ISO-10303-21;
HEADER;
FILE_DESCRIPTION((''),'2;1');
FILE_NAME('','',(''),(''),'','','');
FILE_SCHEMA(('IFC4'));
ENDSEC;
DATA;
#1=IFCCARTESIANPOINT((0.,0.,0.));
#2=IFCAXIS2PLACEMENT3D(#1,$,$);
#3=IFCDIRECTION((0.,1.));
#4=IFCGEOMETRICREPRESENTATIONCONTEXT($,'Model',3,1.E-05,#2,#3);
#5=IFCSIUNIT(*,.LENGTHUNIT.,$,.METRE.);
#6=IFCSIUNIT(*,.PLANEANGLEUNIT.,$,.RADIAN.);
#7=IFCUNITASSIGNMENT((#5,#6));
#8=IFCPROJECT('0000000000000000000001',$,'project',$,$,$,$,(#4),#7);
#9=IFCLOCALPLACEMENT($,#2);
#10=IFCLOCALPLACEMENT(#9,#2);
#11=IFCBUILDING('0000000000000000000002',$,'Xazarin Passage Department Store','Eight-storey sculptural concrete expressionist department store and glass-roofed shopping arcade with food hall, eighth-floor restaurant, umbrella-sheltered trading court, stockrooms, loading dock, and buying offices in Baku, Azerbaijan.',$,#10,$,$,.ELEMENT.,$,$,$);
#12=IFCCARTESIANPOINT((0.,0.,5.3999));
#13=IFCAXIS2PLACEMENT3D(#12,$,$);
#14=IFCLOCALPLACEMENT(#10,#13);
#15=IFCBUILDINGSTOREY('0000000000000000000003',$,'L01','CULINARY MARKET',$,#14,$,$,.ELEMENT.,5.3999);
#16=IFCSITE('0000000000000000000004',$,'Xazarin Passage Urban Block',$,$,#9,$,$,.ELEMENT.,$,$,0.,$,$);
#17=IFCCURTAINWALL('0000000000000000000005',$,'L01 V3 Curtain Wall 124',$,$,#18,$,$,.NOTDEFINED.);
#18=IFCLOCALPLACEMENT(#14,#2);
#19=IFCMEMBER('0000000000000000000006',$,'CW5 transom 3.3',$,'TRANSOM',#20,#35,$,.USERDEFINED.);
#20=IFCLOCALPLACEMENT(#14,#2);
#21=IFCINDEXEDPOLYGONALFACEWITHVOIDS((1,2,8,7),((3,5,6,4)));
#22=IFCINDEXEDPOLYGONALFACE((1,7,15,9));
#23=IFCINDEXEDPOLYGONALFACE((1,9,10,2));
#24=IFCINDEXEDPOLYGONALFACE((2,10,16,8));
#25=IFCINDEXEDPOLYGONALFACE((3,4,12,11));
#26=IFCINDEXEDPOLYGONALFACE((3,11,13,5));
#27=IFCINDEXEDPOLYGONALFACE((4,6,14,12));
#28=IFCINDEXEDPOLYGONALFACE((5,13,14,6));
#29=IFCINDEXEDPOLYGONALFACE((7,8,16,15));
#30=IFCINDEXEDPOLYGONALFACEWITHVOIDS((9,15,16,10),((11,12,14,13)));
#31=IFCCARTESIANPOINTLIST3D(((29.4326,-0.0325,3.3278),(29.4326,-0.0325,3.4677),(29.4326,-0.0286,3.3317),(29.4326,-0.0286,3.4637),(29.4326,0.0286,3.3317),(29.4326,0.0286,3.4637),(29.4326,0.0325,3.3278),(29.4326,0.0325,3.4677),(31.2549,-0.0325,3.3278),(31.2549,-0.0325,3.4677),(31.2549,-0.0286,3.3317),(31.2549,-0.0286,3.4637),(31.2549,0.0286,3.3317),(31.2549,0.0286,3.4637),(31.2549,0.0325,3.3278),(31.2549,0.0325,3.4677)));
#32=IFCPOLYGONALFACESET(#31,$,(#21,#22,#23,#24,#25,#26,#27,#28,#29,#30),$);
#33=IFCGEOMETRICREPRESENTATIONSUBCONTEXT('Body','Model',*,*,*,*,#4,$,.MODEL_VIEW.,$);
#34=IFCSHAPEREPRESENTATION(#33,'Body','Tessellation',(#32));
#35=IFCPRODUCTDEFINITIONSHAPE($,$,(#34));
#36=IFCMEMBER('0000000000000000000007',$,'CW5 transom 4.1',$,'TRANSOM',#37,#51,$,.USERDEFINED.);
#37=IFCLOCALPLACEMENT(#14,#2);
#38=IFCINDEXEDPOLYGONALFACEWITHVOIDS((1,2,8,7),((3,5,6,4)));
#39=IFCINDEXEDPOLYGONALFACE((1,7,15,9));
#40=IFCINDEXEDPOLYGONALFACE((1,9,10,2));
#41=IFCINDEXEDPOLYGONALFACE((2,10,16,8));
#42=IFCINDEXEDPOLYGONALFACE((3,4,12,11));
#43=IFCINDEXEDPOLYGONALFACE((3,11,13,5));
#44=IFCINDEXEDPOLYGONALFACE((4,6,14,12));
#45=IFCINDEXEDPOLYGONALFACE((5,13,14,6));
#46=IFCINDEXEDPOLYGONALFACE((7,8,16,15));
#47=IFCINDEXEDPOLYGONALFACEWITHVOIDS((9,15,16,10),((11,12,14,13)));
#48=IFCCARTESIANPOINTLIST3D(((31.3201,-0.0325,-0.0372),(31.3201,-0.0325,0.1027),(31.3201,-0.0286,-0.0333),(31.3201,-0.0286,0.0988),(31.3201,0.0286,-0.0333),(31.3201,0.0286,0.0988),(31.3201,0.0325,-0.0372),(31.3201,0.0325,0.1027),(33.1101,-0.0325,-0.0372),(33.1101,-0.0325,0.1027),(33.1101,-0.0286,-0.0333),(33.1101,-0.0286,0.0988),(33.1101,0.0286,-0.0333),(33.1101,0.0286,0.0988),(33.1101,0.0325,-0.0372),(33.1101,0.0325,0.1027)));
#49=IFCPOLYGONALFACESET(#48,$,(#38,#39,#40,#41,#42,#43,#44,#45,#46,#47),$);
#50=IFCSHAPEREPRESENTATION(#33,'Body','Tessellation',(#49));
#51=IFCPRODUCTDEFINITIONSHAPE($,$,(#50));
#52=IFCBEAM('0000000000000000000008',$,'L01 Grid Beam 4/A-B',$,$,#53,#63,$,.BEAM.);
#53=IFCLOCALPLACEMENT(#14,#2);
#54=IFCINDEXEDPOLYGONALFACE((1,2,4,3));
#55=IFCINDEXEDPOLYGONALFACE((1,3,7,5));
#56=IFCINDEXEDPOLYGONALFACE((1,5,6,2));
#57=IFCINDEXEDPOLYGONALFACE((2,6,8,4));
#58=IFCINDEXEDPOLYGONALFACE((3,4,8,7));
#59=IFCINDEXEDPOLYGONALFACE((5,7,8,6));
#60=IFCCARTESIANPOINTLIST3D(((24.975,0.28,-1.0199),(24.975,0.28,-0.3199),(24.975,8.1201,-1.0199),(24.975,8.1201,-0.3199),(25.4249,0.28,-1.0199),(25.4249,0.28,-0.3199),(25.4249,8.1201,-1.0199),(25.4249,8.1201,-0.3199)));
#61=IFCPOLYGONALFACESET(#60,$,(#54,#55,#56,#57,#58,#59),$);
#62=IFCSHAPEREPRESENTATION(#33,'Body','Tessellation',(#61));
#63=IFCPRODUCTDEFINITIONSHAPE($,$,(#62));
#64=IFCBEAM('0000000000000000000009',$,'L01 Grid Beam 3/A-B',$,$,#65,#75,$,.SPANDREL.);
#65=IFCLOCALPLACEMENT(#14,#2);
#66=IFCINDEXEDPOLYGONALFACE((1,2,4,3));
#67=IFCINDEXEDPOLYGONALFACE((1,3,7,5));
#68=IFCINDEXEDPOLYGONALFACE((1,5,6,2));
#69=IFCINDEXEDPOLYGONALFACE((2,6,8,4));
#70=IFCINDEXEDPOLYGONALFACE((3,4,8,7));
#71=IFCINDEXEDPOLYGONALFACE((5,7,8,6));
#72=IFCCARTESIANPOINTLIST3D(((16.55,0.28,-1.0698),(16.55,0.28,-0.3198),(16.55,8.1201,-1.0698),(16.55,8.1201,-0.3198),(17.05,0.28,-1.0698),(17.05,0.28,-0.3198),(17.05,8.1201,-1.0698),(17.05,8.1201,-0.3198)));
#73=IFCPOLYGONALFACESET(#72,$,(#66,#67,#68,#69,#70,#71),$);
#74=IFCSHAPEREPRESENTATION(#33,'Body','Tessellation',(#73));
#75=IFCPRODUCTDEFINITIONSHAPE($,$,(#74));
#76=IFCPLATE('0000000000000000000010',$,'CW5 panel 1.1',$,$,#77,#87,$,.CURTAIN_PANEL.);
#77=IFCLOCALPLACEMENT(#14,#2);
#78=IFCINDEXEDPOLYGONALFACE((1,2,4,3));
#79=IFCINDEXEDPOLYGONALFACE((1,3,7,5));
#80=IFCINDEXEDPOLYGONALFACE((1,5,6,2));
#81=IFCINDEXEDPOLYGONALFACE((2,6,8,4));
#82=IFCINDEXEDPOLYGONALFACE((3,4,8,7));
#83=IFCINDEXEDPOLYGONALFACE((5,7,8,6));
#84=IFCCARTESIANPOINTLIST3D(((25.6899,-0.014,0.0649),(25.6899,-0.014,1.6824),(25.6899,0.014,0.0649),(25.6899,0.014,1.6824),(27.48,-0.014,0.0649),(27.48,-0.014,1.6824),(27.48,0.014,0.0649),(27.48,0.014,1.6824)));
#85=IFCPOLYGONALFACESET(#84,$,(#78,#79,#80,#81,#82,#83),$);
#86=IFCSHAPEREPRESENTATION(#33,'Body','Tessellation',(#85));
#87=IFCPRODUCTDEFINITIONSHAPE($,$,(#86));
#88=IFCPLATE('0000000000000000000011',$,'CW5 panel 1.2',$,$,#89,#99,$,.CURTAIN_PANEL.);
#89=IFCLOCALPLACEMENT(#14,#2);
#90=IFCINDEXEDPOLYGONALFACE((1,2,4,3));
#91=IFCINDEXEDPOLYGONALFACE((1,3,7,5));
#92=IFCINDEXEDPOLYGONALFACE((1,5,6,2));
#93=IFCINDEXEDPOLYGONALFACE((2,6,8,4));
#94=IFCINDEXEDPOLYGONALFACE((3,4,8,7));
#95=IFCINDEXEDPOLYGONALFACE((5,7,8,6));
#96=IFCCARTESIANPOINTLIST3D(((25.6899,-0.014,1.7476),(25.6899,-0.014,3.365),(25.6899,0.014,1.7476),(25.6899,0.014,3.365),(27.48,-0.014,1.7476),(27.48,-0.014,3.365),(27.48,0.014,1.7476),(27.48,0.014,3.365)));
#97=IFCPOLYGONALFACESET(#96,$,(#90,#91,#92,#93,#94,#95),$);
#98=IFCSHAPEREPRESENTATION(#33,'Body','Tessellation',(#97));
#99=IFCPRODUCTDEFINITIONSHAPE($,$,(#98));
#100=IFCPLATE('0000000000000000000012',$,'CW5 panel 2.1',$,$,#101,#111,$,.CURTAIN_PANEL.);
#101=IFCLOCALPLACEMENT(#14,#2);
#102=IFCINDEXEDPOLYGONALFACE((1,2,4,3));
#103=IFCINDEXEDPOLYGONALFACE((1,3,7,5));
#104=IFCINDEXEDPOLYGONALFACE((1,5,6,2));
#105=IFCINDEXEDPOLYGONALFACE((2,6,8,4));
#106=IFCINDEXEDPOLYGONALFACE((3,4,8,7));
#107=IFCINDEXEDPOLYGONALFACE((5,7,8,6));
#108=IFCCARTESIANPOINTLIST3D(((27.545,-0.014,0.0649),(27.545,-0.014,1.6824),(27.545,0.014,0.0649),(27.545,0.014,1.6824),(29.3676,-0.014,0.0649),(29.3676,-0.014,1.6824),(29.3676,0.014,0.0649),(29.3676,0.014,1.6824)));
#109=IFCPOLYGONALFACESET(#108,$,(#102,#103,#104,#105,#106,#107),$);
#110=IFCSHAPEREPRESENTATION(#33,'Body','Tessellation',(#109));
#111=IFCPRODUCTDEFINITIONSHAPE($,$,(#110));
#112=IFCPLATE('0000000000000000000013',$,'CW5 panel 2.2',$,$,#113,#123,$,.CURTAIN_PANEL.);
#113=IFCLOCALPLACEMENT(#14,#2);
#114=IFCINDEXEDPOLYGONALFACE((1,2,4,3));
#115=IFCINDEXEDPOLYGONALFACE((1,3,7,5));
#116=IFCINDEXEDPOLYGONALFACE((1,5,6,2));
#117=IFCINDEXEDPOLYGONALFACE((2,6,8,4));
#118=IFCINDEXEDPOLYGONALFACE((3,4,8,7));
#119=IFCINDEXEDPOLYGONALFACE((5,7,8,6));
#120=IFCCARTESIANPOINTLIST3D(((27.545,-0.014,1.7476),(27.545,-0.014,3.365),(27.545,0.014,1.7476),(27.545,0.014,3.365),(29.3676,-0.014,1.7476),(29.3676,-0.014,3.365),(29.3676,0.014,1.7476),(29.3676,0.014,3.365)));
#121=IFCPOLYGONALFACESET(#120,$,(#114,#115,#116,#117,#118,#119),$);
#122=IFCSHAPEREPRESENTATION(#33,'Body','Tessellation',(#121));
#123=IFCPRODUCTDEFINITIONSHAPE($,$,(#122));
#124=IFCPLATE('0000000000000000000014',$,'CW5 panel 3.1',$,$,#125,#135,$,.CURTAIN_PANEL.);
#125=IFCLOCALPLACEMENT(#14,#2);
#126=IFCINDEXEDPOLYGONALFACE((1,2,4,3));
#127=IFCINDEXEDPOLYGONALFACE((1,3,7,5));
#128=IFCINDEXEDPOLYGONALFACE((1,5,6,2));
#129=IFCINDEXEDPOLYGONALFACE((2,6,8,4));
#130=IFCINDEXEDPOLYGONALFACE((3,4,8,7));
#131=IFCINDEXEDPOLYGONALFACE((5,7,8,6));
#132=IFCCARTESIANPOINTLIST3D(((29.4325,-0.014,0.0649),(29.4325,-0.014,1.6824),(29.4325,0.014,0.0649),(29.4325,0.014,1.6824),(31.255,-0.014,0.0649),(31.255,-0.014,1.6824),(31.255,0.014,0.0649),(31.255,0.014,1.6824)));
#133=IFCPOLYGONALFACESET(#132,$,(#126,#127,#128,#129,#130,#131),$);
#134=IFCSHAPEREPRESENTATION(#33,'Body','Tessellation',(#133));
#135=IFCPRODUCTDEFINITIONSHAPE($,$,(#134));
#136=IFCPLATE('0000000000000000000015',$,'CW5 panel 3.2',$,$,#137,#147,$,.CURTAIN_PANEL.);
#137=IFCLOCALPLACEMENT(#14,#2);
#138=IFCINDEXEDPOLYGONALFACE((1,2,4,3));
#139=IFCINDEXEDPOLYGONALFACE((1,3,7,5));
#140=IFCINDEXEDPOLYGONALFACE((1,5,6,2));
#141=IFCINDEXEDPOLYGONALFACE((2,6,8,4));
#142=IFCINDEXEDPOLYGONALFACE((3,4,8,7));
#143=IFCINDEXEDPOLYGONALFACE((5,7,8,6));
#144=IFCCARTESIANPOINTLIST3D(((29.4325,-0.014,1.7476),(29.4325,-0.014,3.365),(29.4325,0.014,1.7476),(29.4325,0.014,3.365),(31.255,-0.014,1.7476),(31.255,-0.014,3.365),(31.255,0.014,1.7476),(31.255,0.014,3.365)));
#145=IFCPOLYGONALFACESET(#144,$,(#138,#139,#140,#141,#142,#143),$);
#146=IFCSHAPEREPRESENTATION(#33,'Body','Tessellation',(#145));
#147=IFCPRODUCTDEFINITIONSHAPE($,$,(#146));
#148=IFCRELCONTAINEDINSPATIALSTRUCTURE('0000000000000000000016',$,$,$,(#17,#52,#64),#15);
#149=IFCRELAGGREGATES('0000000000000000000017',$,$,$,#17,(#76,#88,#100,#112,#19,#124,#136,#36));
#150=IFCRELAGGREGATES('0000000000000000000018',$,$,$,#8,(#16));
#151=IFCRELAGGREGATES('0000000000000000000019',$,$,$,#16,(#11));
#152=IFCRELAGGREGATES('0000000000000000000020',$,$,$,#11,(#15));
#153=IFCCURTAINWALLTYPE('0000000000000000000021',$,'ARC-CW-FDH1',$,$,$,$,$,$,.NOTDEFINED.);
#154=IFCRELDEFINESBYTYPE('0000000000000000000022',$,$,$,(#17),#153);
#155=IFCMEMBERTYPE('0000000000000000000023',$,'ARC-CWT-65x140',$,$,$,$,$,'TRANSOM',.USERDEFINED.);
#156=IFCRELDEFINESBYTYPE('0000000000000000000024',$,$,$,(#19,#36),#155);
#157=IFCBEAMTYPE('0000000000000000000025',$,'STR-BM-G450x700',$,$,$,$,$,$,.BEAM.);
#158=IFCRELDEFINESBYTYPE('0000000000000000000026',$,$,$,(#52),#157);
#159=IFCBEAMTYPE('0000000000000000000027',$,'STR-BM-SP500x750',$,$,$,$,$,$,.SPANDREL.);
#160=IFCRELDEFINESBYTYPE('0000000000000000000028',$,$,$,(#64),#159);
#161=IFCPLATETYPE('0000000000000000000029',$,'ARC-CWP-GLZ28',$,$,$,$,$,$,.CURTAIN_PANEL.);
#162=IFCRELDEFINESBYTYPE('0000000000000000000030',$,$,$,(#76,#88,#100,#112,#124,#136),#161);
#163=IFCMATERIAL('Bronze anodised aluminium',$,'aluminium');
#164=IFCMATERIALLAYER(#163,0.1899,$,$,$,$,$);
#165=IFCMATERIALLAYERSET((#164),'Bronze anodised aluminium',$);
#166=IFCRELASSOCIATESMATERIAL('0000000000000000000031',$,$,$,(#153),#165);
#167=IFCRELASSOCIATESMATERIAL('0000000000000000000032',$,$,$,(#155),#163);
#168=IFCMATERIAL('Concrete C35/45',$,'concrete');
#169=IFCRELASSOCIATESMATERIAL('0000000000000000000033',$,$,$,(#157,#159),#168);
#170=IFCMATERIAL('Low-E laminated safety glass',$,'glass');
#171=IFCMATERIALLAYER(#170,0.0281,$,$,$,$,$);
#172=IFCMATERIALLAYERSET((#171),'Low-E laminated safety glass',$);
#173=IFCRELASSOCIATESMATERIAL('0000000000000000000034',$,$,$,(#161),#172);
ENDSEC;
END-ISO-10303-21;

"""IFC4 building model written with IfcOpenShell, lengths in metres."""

from ifc_helpers import new_model, si_unit, direction, frame, origin, origin_2d, place, context, subcontext, project, spatial, rectangle, hollow_rectangle, extrude, material, layer, layer_set, material_profile, profile_set, type_object, element, aggregate, save


model = new_model("IFC4")

# Units and contexts
model_context = context("Model", 3, precision=1e-05, world=origin(), true_north=direction((0.0, 1.0)))
body_context = subcontext(model_context, "Body", "Model", "MODEL_VIEW")
ifc_project = project(units=[si_unit("LENGTHUNIT", "METRE"), si_unit("PLANEANGLEUNIT", "RADIAN")], contexts=[model_context])

# Site, building, storey
site_placement = place(None, origin())
site = spatial("IfcSite", under=ifc_project, at=site_placement, Name="Xazarin Passage Urban Block", CompositionType="ELEMENT", RefElevation=0.0)
building_placement = place(site_placement, origin())
building = spatial("IfcBuilding", under=site, at=building_placement, Name="Xazarin Passage Department Store", Description="Eight-storey sculptural concrete expressionist department store and glass-roofed shopping arcade with food hall, eighth-floor restaurant, umbrella-sheltered trading court, stockrooms, loading dock, and buying offices in Baku, Azerbaijan.", CompositionType="ELEMENT")
storey_placement = place(building_placement, frame((0.0, 0.0, 5.3999)))
storey = spatial("IfcBuildingStorey", under=building, at=storey_placement, Name="L01", Description="CULINARY MARKET", CompositionType="ELEMENT", Elevation=5.3999)

# Curtain wall, members
ifc_material_1 = material(Name="Bronze anodised aluminium", Category="aluminium")
ifc_layer_1 = layer(ifc_material_1, 0.1899)
ifc_layer_set_1 = layer_set([ifc_layer_1], Name="Bronze anodised aluminium")
curtain_wall_type = type_object("IfcCurtainWallType", Name="ARC-CW-FDH1", PredefinedType="NOTDEFINED", material=ifc_layer_set_1)
curtain_wall_placement = place(storey_placement, origin())
curtain_wall = element("IfcCurtainWall", 1, at=curtain_wall_placement, inside=storey, type_object=curtain_wall_type, Name="L01 V3 Curtain Wall 124", PredefinedType="NOTDEFINED")
ifc_material_profile_1 = material_profile(ifc_material_1, hollow_rectangle(XDim=0.0649, YDim=0.1399, WallThickness=0.0039, at=origin_2d()), Name="ALU 65x140")
ifc_profile_set_1 = profile_set([ifc_material_profile_1], Name="Bronze anodised aluminium")
member_type_1 = type_object("IfcMemberType", Name="ARC-CWT-65x140", ElementType="TRANSOM", PredefinedType="USERDEFINED", material=ifc_profile_set_1)
member_1_placement = place(storey_placement, frame((29.4326, 0.0, 3.3977), z_axis=(1.0, 0.0, 0.0), x_axis=(0.0, 1.0, 0.0)))
member_1 = element("IfcMember", 2, at=member_1_placement, type_object=member_type_1, Name="CW5 transom 3.3", ObjectType="TRANSOM", PredefinedType="USERDEFINED", context=body_context, shape_type="SweptSolid", body=[
    extrude(hollow_rectangle(XDim=0.0649, YDim=0.1399, WallThickness=0.0039, at=origin_2d()), origin(), (0.0, 0.0, 1.0), 1.8223),
])
member_2_placement = place(storey_placement, frame((31.3201, 0.0, 0.0327), z_axis=(1.0, 0.0, 0.0), x_axis=(0.0, 1.0, 0.0)))
member_2 = element("IfcMember", 3, at=member_2_placement, type_object=member_type_1, Name="CW5 transom 4.1", ObjectType="TRANSOM", PredefinedType="USERDEFINED", context=body_context, shape_type="SweptSolid", body=[
    extrude(hollow_rectangle(XDim=0.0649, YDim=0.1399, WallThickness=0.0039, at=origin_2d()), origin(), (0.0, 0.0, 1.0), 1.79),
])

# Beams
ifc_material_2 = material(Name="Concrete C35/45", Category="concrete")
ifc_material_profile_2 = material_profile(ifc_material_2, rectangle(XDim=0.45, YDim=0.7, at=origin_2d()), Name="RC 450x700")
ifc_profile_set_2 = profile_set([ifc_material_profile_2], Name="Concrete C35/45")
beam_type_1 = type_object("IfcBeamType", Name="STR-BM-G450x700", PredefinedType="BEAM", material=ifc_profile_set_2)
beam_1_placement = place(storey_placement, frame((25.2, 0.28, -0.6699), z_axis=(0.0, 1.0, 0.0), x_axis=(-1.0, 0.0, 0.0)))
element("IfcBeam", 4, at=beam_1_placement, inside=storey, type_object=beam_type_1, Name="L01 Grid Beam 4/A-B", PredefinedType="BEAM", context=body_context, shape_type="SweptSolid", body=[
    extrude(rectangle(XDim=0.45, YDim=0.7, at=origin_2d()), origin(), (0.0, 0.0, 1.0), 7.8401),
])
ifc_material_profile_3 = material_profile(ifc_material_2, rectangle(XDim=0.5, YDim=0.75, at=origin_2d()), Name="RC 500x750")
ifc_profile_set_3 = profile_set([ifc_material_profile_3], Name="Concrete C35/45")
beam_type_2 = type_object("IfcBeamType", Name="STR-BM-SP500x750", PredefinedType="SPANDREL", material=ifc_profile_set_3)
beam_2_placement = place(storey_placement, frame((16.8, 0.28, -0.6948), z_axis=(0.0, 1.0, 0.0), x_axis=(-1.0, 0.0, 0.0)))
element("IfcBeam", 5, at=beam_2_placement, inside=storey, type_object=beam_type_2, Name="L01 Grid Beam 3/A-B", PredefinedType="SPANDREL", context=body_context, shape_type="SweptSolid", body=[
    extrude(rectangle(XDim=0.5, YDim=0.75, at=origin_2d()), origin(), (0.0, 0.0, 1.0), 7.8401),
])

# Plates
ifc_material_3 = material(Name="Low-E laminated safety glass", Category="glass")
ifc_layer_2 = layer(ifc_material_3, 0.0281)
ifc_layer_set_2 = layer_set([ifc_layer_2], Name="Low-E laminated safety glass")
plate_type = type_object("IfcPlateType", Name="ARC-CWP-GLZ28", PredefinedType="CURTAIN_PANEL", material=ifc_layer_set_2)
plate_1_placement = place(storey_placement, frame((26.585, 0.0, 0.0649), z_axis=(0.0, 0.0, 1.0), x_axis=(1.0, 0.0, 0.0)))
plate_1 = element("IfcPlate", 6, at=plate_1_placement, type_object=plate_type, Name="CW5 panel 1.1", PredefinedType="CURTAIN_PANEL", context=body_context, shape_type="SweptSolid", body=[
    extrude(rectangle(XDim=1.79, YDim=0.0281, at=origin_2d()), origin(), (0.0, 0.0, 1.0), 1.6174),
])
plate_2_placement = place(storey_placement, frame((26.585, 0.0, 1.7476), z_axis=(0.0, 0.0, 1.0), x_axis=(1.0, 0.0, 0.0)))
plate_2 = element("IfcPlate", 7, at=plate_2_placement, type_object=plate_type, Name="CW5 panel 1.2", PredefinedType="CURTAIN_PANEL", context=body_context, shape_type="SweptSolid", body=[
    extrude(rectangle(XDim=1.79, YDim=0.0281, at=origin_2d()), origin(), (0.0, 0.0, 1.0), 1.6174),
])
plate_3_placement = place(storey_placement, frame((28.4563, 0.0, 0.0649), z_axis=(0.0, 0.0, 1.0), x_axis=(1.0, 0.0, 0.0)))
plate_3 = element("IfcPlate", 8, at=plate_3_placement, type_object=plate_type, Name="CW5 panel 2.1", PredefinedType="CURTAIN_PANEL", context=body_context, shape_type="SweptSolid", body=[
    extrude(rectangle(XDim=1.8225, YDim=0.0281, at=origin_2d()), origin(), (0.0, 0.0, 1.0), 1.6174),
])
plate_4_placement = place(storey_placement, frame((28.4563, 0.0, 1.7476), z_axis=(0.0, 0.0, 1.0), x_axis=(1.0, 0.0, 0.0)))
plate_4 = element("IfcPlate", 9, at=plate_4_placement, type_object=plate_type, Name="CW5 panel 2.2", PredefinedType="CURTAIN_PANEL", context=body_context, shape_type="SweptSolid", body=[
    extrude(rectangle(XDim=1.8225, YDim=0.0281, at=origin_2d()), origin(), (0.0, 0.0, 1.0), 1.6174),
])
plate_5_placement = place(storey_placement, frame((30.3438, 0.0, 0.0649), z_axis=(0.0, 0.0, 1.0), x_axis=(1.0, 0.0, 0.0)))
plate_5 = element("IfcPlate", 10, at=plate_5_placement, type_object=plate_type, Name="CW5 panel 3.1", PredefinedType="CURTAIN_PANEL", context=body_context, shape_type="SweptSolid", body=[
    extrude(rectangle(XDim=1.8225, YDim=0.0281, at=origin_2d()), origin(), (0.0, 0.0, 1.0), 1.6174),
])
plate_6_placement = place(storey_placement, frame((30.3438, 0.0, 1.7476), z_axis=(0.0, 0.0, 1.0), x_axis=(1.0, 0.0, 0.0)))
plate_6 = element("IfcPlate", 11, at=plate_6_placement, type_object=plate_type, Name="CW5 panel 3.2", PredefinedType="CURTAIN_PANEL", context=body_context, shape_type="SweptSolid", body=[
    extrude(rectangle(XDim=1.8225, YDim=0.0281, at=origin_2d()), origin(), (0.0, 0.0, 1.0), 1.6174),
])
aggregate(curtain_wall, [plate_1, plate_2, plate_3, plate_4, member_1, plate_5, plate_6, member_2])

save(model, "model.ifc")
